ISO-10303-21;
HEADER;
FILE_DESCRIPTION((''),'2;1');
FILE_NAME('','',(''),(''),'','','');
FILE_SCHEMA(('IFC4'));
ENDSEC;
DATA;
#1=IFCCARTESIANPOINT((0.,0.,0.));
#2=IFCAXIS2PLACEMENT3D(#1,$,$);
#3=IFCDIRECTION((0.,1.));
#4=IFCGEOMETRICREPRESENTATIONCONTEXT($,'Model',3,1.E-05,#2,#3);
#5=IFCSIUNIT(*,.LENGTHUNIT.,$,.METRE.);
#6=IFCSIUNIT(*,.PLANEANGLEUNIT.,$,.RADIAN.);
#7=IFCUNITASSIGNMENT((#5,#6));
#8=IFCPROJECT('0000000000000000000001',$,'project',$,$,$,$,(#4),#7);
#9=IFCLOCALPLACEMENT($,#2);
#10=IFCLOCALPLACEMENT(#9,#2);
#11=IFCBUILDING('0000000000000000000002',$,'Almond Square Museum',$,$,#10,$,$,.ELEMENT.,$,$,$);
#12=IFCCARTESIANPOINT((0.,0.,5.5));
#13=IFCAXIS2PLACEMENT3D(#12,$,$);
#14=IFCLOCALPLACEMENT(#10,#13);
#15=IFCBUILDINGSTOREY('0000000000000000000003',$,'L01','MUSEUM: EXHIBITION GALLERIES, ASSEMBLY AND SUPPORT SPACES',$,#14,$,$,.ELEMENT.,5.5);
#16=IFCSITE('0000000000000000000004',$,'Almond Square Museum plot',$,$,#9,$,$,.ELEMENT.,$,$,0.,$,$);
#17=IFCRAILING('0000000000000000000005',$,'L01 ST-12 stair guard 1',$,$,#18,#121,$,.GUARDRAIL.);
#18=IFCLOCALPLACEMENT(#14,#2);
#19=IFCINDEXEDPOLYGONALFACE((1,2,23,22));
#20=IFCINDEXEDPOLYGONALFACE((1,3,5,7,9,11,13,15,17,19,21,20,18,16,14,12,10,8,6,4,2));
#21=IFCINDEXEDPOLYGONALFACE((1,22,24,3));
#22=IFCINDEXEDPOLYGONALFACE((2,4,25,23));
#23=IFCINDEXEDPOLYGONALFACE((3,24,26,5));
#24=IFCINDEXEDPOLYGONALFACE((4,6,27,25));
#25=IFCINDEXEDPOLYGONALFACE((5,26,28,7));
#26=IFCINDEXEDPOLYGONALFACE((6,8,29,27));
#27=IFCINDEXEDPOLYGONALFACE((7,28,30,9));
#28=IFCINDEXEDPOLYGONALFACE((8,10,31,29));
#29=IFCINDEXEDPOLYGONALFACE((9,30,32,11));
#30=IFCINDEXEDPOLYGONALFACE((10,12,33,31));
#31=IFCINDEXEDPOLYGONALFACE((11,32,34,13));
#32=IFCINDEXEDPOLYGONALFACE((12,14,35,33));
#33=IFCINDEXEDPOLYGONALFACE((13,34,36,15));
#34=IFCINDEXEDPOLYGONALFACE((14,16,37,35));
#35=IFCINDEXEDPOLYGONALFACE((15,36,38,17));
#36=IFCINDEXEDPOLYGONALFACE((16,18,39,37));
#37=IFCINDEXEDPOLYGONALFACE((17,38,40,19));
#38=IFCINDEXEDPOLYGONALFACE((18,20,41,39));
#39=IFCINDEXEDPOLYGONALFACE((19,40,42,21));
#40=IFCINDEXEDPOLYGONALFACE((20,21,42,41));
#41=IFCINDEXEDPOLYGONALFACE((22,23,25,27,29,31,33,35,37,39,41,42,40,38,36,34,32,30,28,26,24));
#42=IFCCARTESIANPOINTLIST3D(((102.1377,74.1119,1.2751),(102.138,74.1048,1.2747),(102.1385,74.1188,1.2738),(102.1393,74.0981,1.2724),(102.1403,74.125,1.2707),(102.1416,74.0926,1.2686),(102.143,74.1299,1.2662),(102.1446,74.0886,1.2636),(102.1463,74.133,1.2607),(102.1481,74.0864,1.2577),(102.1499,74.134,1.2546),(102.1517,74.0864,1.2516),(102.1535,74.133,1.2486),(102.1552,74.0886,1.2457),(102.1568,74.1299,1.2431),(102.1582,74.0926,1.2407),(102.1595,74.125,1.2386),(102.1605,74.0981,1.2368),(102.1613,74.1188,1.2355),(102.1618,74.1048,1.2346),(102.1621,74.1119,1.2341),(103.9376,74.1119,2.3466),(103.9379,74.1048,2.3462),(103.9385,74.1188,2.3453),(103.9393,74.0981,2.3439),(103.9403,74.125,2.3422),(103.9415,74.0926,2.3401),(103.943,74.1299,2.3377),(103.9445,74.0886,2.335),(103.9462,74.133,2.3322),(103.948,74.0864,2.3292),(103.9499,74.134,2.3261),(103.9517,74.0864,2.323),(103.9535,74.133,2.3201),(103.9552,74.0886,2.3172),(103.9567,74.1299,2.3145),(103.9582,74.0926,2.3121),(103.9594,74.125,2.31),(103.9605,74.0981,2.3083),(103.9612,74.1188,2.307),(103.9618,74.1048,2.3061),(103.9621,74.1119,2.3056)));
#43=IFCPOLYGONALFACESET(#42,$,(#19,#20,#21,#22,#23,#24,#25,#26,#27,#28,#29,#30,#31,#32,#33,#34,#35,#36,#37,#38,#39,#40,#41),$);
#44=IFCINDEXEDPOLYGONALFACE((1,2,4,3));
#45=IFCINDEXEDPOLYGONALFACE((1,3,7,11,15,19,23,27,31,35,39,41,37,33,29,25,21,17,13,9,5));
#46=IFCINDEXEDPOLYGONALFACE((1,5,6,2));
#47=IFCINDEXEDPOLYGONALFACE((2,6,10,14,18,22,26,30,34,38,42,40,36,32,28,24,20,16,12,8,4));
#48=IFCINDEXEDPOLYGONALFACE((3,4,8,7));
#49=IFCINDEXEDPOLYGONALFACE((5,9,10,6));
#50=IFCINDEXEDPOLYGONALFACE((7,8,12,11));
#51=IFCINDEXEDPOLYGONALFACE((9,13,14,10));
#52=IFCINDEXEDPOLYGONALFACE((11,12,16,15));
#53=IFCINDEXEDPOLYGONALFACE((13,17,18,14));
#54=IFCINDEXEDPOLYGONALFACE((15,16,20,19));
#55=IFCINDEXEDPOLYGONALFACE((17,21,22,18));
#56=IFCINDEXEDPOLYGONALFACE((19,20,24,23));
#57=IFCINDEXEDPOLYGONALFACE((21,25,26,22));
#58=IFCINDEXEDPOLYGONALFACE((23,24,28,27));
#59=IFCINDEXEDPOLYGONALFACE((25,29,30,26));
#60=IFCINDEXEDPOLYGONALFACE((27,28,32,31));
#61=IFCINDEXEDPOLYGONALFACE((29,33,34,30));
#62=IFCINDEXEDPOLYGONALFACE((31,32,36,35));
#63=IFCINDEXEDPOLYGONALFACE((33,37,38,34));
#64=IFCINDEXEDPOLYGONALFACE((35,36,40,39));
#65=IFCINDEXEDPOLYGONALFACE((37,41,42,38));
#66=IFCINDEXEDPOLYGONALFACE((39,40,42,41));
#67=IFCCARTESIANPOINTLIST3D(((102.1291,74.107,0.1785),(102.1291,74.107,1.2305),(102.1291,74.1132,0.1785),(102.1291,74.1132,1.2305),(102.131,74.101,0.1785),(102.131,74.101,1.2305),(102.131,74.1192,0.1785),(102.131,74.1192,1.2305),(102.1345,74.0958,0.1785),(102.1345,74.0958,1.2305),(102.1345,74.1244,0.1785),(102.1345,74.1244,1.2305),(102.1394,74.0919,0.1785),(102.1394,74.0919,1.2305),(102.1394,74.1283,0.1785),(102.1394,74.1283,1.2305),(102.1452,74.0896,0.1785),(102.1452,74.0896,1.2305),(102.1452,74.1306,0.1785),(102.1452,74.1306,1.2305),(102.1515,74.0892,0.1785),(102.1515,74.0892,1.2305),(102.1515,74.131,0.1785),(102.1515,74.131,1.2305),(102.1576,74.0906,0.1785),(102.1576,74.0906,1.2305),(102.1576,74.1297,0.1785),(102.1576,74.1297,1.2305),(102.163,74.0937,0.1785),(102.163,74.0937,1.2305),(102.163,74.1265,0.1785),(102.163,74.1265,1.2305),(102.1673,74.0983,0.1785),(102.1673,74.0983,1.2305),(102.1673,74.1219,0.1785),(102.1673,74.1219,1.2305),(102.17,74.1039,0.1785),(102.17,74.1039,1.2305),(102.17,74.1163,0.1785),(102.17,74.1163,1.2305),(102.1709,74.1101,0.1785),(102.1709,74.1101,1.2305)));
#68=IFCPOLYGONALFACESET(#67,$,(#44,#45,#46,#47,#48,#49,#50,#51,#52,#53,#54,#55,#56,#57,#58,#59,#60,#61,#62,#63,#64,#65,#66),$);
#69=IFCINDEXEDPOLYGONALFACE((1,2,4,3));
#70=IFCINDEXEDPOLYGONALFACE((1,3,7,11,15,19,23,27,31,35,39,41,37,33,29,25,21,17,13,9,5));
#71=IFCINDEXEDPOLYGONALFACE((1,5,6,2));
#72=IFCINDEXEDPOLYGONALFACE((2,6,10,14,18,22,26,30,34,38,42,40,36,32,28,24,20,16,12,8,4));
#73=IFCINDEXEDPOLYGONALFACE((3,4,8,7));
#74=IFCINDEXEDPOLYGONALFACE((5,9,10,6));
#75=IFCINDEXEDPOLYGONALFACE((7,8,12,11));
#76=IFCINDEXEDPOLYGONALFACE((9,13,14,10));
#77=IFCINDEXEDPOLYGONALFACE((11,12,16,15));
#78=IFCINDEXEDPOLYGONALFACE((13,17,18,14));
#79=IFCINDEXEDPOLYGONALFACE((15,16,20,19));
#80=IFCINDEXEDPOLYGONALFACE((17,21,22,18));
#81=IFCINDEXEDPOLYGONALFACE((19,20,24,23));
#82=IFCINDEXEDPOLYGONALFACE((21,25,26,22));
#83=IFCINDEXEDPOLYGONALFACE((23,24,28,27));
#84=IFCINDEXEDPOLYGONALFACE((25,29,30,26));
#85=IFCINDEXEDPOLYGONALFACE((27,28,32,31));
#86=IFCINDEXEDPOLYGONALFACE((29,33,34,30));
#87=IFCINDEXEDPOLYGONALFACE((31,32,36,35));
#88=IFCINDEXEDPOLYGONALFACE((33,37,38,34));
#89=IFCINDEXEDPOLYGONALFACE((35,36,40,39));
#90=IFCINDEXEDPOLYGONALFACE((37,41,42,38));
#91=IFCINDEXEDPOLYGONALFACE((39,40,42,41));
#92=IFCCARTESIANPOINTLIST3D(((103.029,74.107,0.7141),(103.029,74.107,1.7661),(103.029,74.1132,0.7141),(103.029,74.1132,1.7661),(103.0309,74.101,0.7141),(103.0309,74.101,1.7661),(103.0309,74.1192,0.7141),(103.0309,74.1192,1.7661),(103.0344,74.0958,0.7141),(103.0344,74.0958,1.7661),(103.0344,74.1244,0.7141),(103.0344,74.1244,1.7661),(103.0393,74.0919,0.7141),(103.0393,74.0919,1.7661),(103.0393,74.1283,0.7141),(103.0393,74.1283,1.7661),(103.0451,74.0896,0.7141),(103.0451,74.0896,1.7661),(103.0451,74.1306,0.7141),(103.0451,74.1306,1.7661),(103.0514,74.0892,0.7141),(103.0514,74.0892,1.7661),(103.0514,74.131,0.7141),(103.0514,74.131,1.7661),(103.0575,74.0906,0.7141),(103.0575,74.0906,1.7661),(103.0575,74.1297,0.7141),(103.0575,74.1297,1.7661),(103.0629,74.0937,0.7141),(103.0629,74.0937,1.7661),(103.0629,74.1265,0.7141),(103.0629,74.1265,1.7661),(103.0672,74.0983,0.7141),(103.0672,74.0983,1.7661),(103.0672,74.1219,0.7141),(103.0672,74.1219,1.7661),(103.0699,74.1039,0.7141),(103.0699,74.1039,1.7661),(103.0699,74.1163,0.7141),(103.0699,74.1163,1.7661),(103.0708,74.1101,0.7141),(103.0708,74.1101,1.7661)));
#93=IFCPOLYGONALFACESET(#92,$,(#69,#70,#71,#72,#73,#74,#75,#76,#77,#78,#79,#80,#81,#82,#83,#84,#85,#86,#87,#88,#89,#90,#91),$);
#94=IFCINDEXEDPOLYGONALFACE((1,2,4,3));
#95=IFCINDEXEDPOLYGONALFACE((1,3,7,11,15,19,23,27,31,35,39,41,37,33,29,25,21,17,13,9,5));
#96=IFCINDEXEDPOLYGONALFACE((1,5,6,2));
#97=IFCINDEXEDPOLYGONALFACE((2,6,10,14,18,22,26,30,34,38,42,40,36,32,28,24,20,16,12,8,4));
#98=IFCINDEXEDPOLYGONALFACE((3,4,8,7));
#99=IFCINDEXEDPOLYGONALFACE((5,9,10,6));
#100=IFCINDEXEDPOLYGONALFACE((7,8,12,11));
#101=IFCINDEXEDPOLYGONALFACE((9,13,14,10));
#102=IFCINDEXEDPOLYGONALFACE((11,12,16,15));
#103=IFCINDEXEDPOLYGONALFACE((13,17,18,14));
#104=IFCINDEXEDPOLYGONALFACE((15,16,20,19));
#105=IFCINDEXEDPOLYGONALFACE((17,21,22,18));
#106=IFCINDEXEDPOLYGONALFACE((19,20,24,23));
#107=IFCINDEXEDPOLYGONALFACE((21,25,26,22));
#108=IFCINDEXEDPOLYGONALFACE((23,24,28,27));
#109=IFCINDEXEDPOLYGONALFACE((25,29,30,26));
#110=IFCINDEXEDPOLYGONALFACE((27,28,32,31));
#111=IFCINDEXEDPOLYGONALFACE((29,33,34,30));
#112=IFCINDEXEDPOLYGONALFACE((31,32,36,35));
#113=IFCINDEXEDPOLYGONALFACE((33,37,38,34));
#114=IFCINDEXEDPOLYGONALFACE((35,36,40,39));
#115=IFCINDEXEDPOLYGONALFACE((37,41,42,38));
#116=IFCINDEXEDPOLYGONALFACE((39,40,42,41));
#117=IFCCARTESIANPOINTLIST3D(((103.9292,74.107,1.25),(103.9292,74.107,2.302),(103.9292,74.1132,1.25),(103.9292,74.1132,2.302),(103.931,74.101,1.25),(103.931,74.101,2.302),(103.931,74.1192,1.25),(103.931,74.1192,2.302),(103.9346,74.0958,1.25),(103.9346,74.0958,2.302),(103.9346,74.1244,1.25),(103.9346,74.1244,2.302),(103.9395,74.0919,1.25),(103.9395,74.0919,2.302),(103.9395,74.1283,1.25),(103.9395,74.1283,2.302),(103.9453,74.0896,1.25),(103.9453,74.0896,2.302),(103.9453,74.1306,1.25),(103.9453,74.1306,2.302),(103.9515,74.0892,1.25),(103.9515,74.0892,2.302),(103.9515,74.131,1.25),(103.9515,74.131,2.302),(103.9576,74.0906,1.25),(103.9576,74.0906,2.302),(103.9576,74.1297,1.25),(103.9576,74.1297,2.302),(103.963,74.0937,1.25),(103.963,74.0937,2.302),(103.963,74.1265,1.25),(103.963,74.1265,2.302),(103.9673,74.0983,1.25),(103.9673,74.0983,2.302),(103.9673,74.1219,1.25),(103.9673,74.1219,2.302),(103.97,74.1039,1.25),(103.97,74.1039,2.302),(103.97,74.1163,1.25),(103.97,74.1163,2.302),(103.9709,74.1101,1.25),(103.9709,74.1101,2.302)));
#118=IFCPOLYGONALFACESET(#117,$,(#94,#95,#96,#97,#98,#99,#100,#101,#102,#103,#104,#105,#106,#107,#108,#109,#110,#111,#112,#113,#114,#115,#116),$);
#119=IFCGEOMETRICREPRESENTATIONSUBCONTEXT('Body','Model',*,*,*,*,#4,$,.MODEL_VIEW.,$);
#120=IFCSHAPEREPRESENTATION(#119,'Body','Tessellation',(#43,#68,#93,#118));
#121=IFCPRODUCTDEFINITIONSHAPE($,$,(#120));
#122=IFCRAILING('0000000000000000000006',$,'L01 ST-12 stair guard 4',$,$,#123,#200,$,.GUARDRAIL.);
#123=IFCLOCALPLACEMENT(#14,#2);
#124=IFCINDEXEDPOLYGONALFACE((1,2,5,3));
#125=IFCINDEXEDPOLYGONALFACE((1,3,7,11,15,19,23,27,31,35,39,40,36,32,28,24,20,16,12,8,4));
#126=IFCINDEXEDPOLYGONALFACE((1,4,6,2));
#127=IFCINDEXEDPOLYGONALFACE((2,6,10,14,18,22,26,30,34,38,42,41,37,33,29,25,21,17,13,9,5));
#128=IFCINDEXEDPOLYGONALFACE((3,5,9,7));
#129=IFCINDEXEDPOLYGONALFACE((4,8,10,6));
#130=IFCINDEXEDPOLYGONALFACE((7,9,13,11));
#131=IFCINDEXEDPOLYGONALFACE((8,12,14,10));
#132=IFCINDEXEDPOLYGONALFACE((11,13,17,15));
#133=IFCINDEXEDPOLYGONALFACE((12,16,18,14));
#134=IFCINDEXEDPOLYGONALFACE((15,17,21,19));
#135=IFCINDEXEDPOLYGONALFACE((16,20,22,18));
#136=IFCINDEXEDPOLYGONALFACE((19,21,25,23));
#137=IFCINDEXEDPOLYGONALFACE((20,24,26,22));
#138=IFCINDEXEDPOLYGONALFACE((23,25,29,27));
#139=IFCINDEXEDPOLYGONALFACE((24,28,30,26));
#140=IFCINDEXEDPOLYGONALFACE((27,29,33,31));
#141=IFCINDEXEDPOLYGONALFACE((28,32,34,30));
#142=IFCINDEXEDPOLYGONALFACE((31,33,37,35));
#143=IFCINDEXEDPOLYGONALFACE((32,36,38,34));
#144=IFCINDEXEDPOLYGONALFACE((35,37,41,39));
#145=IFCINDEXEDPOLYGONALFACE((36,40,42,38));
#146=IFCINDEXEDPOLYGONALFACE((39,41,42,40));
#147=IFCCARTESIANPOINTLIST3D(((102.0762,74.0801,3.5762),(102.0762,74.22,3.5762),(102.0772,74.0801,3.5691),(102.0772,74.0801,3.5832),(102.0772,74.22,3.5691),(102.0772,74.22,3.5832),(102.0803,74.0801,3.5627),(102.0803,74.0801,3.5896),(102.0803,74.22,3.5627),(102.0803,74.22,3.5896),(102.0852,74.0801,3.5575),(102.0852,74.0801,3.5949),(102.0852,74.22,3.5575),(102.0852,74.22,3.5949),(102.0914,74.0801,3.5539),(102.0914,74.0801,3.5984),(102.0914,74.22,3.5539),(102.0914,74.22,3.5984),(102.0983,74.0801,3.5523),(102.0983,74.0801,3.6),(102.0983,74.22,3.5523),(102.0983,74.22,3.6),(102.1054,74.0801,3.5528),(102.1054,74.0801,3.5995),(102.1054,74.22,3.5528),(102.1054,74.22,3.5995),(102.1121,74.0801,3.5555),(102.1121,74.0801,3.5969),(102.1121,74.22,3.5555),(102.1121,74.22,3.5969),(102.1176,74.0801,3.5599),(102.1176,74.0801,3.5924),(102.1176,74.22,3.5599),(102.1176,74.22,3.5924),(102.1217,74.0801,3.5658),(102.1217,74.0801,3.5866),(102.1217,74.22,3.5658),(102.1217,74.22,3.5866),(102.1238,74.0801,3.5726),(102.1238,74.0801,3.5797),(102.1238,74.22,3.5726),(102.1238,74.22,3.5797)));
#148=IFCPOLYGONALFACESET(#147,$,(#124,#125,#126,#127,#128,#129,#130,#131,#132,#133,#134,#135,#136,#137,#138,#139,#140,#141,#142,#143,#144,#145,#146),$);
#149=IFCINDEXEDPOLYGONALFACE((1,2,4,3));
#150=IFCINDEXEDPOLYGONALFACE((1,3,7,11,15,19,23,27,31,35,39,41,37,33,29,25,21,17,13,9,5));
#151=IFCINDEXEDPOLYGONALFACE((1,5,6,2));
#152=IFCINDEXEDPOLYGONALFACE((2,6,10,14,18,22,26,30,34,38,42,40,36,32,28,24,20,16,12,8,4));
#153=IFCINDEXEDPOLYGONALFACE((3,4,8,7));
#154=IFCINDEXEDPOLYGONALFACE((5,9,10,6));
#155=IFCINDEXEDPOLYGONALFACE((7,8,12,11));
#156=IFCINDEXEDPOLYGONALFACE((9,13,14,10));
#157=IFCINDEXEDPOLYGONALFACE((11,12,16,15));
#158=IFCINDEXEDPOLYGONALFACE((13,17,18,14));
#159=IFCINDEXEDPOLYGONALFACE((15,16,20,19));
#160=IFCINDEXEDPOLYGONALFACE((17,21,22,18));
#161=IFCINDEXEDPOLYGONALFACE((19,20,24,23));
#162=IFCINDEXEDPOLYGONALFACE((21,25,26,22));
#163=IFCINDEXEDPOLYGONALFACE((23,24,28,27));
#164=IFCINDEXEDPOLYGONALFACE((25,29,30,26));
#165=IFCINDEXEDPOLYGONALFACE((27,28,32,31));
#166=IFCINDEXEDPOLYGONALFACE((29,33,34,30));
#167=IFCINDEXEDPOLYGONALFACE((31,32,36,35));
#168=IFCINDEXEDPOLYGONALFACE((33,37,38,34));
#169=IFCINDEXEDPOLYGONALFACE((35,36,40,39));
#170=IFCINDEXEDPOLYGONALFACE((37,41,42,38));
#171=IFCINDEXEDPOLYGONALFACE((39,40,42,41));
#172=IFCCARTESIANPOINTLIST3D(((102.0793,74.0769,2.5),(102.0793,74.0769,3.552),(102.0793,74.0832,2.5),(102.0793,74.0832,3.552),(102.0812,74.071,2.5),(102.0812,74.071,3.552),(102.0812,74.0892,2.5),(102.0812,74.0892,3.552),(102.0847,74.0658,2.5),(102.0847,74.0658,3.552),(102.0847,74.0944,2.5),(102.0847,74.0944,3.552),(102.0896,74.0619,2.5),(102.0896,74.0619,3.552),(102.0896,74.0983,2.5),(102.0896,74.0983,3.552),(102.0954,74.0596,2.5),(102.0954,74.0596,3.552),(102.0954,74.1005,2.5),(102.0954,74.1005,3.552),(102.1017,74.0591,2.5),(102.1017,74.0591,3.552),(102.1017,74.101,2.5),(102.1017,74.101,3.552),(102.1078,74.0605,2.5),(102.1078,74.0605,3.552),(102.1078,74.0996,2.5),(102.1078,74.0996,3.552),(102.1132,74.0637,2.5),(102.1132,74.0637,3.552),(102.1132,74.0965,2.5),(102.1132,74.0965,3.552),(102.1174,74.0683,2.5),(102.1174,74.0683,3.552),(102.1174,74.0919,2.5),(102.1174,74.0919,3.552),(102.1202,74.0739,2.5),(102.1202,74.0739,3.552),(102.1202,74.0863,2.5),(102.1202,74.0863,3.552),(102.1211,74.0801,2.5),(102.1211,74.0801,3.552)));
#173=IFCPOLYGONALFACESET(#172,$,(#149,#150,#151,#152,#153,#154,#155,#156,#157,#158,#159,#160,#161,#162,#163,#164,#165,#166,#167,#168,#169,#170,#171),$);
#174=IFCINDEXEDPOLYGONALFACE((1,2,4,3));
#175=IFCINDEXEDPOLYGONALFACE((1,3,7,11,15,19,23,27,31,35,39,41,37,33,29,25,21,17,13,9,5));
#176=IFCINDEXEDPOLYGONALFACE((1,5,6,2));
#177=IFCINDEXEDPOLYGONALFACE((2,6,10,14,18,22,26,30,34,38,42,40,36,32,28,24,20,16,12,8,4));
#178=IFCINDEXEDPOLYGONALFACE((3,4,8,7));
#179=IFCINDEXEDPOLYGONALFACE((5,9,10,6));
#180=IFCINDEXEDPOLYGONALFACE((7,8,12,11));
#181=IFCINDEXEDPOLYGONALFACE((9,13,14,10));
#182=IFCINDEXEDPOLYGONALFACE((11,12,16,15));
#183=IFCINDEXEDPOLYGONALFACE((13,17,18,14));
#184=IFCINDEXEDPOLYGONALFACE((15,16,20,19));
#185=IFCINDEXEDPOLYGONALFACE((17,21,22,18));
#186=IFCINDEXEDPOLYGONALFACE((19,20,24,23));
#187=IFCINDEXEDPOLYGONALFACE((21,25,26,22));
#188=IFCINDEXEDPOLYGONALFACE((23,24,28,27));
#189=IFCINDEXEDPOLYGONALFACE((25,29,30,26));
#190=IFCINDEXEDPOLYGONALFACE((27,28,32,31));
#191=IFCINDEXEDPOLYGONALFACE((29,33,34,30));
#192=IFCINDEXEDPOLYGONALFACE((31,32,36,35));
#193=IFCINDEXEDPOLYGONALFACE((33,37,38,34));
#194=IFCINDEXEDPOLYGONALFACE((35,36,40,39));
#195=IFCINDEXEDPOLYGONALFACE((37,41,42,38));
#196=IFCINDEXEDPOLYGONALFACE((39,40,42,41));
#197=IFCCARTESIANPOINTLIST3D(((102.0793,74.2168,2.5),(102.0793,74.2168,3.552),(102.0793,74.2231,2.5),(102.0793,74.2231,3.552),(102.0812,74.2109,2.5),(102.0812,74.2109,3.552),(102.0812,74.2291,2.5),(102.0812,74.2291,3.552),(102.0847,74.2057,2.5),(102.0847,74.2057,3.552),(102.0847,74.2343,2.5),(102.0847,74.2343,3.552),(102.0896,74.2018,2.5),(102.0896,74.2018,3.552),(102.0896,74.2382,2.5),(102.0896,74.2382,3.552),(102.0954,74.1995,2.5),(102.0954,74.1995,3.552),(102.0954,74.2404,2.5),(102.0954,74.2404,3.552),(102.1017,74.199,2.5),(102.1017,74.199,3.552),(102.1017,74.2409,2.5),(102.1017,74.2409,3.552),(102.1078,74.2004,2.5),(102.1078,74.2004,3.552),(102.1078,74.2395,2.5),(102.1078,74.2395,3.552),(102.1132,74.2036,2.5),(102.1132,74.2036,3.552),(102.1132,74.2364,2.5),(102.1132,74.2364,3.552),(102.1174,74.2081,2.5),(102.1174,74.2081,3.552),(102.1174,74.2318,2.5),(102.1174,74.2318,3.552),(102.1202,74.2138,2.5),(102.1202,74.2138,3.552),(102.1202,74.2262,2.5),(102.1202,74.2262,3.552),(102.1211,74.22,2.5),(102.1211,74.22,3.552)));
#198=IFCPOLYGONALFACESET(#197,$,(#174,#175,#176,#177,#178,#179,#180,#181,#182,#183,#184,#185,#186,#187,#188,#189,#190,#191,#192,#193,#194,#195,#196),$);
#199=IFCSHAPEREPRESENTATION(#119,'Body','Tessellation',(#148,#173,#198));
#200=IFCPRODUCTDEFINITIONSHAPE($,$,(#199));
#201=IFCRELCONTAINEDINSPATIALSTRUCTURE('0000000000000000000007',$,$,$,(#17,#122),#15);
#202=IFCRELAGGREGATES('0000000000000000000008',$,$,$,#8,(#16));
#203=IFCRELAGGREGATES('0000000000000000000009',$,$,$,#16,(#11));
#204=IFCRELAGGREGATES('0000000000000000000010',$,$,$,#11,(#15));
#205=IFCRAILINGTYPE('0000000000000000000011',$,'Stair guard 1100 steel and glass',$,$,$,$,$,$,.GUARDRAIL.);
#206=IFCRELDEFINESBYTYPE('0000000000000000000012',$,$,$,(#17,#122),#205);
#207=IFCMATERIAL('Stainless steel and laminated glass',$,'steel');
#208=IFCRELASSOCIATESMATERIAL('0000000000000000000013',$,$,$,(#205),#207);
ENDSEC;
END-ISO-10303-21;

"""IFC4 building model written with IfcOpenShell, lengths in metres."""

from ifc_helpers import new_model, si_unit, direction, frame, origin, origin_2d, place, context, subcontext, project, spatial, circle, extrude, material, type_object, element, save


model = new_model("IFC4")

# Units and contexts
model_context = context("Model", 3, precision=1e-05, world=origin(), true_north=direction((0.0, 1.0)))
body_context = subcontext(model_context, "Body", "Model", "MODEL_VIEW")
ifc_project = project(units=[si_unit("LENGTHUNIT", "METRE"), si_unit("PLANEANGLEUNIT", "RADIAN")], contexts=[model_context])

# Site, building, storey
site_placement = place(None, origin())
site = spatial("IfcSite", under=ifc_project, at=site_placement, Name="Almond Square Museum plot", CompositionType="ELEMENT", RefElevation=0.0)
building_placement = place(site_placement, origin())
building = spatial("IfcBuilding", under=site, at=building_placement, Name="Almond Square Museum", CompositionType="ELEMENT")
storey_placement = place(building_placement, frame((0.0, 0.0, 5.5)))
storey = spatial("IfcBuildingStorey", under=building, at=storey_placement, Name="L01", Description="MUSEUM: EXHIBITION GALLERIES, ASSEMBLY AND SUPPORT SPACES", CompositionType="ELEMENT", Elevation=5.5)

# Railings
ifc_material_1 = material(Name="Stainless steel and laminated glass", Category="steel")
railing_type_1 = type_object("IfcRailingType", Name="Stair guard 1100 steel and glass", PredefinedType="GUARDRAIL", material=ifc_material_1)
railing_1_placement = place(storey_placement, frame((102.1499, 74.1101, 0.1785)))
element("IfcRailing", 1, at=railing_1_placement, inside=storey, type_object=railing_type_1, Name="L01 ST-12 stair guard 1", PredefinedType="GUARDRAIL", context=body_context, shape_type="SweptSolid", body=[
    extrude(circle(Radius=0.0239, at=origin_2d()), frame((0.0, 0.0, 1.0762), z_axis=(0.859277, 0.0, 0.51151), x_axis=(0.0, 1.0, 0.0)), (0.0, 0.0, 1.0), 2.0947),
    extrude(circle(Radius=0.021, at=origin_2d()), origin(), (0.0, 0.0, 1.0), 1.052),
    extrude(circle(Radius=0.021, at=origin_2d()), frame((0.8999, 0.0, 0.5356)), (0.0, 0.0, 1.0), 1.052),
    extrude(circle(Radius=0.021, at=origin_2d()), frame((1.8, 0.0, 1.0715)), (0.0, 0.0, 1.0), 1.052),
])
railing_2_placement = place(storey_placement, frame((102.1001, 74.0801, 2.5)))
element("IfcRailing", 2, at=railing_2_placement, inside=storey, type_object=railing_type_1, Name="L01 ST-12 stair guard 4", PredefinedType="GUARDRAIL", context=body_context, shape_type="SweptSolid", body=[
    extrude(circle(Radius=0.0239, at=origin_2d()), frame((0.0, 0.0, 1.0762), z_axis=(0.0, 1.0, 0.0), x_axis=(-1.0, 0.0, 0.0)), (0.0, 0.0, 1.0), 0.1399),
    extrude(circle(Radius=0.021, at=origin_2d()), origin(), (0.0, 0.0, 1.0), 1.052),
    extrude(circle(Radius=0.021, at=origin_2d()), frame((0.0, 0.1399, 0.0)), (0.0, 0.0, 1.0), 1.052),
])

save(model, "model.ifc")
